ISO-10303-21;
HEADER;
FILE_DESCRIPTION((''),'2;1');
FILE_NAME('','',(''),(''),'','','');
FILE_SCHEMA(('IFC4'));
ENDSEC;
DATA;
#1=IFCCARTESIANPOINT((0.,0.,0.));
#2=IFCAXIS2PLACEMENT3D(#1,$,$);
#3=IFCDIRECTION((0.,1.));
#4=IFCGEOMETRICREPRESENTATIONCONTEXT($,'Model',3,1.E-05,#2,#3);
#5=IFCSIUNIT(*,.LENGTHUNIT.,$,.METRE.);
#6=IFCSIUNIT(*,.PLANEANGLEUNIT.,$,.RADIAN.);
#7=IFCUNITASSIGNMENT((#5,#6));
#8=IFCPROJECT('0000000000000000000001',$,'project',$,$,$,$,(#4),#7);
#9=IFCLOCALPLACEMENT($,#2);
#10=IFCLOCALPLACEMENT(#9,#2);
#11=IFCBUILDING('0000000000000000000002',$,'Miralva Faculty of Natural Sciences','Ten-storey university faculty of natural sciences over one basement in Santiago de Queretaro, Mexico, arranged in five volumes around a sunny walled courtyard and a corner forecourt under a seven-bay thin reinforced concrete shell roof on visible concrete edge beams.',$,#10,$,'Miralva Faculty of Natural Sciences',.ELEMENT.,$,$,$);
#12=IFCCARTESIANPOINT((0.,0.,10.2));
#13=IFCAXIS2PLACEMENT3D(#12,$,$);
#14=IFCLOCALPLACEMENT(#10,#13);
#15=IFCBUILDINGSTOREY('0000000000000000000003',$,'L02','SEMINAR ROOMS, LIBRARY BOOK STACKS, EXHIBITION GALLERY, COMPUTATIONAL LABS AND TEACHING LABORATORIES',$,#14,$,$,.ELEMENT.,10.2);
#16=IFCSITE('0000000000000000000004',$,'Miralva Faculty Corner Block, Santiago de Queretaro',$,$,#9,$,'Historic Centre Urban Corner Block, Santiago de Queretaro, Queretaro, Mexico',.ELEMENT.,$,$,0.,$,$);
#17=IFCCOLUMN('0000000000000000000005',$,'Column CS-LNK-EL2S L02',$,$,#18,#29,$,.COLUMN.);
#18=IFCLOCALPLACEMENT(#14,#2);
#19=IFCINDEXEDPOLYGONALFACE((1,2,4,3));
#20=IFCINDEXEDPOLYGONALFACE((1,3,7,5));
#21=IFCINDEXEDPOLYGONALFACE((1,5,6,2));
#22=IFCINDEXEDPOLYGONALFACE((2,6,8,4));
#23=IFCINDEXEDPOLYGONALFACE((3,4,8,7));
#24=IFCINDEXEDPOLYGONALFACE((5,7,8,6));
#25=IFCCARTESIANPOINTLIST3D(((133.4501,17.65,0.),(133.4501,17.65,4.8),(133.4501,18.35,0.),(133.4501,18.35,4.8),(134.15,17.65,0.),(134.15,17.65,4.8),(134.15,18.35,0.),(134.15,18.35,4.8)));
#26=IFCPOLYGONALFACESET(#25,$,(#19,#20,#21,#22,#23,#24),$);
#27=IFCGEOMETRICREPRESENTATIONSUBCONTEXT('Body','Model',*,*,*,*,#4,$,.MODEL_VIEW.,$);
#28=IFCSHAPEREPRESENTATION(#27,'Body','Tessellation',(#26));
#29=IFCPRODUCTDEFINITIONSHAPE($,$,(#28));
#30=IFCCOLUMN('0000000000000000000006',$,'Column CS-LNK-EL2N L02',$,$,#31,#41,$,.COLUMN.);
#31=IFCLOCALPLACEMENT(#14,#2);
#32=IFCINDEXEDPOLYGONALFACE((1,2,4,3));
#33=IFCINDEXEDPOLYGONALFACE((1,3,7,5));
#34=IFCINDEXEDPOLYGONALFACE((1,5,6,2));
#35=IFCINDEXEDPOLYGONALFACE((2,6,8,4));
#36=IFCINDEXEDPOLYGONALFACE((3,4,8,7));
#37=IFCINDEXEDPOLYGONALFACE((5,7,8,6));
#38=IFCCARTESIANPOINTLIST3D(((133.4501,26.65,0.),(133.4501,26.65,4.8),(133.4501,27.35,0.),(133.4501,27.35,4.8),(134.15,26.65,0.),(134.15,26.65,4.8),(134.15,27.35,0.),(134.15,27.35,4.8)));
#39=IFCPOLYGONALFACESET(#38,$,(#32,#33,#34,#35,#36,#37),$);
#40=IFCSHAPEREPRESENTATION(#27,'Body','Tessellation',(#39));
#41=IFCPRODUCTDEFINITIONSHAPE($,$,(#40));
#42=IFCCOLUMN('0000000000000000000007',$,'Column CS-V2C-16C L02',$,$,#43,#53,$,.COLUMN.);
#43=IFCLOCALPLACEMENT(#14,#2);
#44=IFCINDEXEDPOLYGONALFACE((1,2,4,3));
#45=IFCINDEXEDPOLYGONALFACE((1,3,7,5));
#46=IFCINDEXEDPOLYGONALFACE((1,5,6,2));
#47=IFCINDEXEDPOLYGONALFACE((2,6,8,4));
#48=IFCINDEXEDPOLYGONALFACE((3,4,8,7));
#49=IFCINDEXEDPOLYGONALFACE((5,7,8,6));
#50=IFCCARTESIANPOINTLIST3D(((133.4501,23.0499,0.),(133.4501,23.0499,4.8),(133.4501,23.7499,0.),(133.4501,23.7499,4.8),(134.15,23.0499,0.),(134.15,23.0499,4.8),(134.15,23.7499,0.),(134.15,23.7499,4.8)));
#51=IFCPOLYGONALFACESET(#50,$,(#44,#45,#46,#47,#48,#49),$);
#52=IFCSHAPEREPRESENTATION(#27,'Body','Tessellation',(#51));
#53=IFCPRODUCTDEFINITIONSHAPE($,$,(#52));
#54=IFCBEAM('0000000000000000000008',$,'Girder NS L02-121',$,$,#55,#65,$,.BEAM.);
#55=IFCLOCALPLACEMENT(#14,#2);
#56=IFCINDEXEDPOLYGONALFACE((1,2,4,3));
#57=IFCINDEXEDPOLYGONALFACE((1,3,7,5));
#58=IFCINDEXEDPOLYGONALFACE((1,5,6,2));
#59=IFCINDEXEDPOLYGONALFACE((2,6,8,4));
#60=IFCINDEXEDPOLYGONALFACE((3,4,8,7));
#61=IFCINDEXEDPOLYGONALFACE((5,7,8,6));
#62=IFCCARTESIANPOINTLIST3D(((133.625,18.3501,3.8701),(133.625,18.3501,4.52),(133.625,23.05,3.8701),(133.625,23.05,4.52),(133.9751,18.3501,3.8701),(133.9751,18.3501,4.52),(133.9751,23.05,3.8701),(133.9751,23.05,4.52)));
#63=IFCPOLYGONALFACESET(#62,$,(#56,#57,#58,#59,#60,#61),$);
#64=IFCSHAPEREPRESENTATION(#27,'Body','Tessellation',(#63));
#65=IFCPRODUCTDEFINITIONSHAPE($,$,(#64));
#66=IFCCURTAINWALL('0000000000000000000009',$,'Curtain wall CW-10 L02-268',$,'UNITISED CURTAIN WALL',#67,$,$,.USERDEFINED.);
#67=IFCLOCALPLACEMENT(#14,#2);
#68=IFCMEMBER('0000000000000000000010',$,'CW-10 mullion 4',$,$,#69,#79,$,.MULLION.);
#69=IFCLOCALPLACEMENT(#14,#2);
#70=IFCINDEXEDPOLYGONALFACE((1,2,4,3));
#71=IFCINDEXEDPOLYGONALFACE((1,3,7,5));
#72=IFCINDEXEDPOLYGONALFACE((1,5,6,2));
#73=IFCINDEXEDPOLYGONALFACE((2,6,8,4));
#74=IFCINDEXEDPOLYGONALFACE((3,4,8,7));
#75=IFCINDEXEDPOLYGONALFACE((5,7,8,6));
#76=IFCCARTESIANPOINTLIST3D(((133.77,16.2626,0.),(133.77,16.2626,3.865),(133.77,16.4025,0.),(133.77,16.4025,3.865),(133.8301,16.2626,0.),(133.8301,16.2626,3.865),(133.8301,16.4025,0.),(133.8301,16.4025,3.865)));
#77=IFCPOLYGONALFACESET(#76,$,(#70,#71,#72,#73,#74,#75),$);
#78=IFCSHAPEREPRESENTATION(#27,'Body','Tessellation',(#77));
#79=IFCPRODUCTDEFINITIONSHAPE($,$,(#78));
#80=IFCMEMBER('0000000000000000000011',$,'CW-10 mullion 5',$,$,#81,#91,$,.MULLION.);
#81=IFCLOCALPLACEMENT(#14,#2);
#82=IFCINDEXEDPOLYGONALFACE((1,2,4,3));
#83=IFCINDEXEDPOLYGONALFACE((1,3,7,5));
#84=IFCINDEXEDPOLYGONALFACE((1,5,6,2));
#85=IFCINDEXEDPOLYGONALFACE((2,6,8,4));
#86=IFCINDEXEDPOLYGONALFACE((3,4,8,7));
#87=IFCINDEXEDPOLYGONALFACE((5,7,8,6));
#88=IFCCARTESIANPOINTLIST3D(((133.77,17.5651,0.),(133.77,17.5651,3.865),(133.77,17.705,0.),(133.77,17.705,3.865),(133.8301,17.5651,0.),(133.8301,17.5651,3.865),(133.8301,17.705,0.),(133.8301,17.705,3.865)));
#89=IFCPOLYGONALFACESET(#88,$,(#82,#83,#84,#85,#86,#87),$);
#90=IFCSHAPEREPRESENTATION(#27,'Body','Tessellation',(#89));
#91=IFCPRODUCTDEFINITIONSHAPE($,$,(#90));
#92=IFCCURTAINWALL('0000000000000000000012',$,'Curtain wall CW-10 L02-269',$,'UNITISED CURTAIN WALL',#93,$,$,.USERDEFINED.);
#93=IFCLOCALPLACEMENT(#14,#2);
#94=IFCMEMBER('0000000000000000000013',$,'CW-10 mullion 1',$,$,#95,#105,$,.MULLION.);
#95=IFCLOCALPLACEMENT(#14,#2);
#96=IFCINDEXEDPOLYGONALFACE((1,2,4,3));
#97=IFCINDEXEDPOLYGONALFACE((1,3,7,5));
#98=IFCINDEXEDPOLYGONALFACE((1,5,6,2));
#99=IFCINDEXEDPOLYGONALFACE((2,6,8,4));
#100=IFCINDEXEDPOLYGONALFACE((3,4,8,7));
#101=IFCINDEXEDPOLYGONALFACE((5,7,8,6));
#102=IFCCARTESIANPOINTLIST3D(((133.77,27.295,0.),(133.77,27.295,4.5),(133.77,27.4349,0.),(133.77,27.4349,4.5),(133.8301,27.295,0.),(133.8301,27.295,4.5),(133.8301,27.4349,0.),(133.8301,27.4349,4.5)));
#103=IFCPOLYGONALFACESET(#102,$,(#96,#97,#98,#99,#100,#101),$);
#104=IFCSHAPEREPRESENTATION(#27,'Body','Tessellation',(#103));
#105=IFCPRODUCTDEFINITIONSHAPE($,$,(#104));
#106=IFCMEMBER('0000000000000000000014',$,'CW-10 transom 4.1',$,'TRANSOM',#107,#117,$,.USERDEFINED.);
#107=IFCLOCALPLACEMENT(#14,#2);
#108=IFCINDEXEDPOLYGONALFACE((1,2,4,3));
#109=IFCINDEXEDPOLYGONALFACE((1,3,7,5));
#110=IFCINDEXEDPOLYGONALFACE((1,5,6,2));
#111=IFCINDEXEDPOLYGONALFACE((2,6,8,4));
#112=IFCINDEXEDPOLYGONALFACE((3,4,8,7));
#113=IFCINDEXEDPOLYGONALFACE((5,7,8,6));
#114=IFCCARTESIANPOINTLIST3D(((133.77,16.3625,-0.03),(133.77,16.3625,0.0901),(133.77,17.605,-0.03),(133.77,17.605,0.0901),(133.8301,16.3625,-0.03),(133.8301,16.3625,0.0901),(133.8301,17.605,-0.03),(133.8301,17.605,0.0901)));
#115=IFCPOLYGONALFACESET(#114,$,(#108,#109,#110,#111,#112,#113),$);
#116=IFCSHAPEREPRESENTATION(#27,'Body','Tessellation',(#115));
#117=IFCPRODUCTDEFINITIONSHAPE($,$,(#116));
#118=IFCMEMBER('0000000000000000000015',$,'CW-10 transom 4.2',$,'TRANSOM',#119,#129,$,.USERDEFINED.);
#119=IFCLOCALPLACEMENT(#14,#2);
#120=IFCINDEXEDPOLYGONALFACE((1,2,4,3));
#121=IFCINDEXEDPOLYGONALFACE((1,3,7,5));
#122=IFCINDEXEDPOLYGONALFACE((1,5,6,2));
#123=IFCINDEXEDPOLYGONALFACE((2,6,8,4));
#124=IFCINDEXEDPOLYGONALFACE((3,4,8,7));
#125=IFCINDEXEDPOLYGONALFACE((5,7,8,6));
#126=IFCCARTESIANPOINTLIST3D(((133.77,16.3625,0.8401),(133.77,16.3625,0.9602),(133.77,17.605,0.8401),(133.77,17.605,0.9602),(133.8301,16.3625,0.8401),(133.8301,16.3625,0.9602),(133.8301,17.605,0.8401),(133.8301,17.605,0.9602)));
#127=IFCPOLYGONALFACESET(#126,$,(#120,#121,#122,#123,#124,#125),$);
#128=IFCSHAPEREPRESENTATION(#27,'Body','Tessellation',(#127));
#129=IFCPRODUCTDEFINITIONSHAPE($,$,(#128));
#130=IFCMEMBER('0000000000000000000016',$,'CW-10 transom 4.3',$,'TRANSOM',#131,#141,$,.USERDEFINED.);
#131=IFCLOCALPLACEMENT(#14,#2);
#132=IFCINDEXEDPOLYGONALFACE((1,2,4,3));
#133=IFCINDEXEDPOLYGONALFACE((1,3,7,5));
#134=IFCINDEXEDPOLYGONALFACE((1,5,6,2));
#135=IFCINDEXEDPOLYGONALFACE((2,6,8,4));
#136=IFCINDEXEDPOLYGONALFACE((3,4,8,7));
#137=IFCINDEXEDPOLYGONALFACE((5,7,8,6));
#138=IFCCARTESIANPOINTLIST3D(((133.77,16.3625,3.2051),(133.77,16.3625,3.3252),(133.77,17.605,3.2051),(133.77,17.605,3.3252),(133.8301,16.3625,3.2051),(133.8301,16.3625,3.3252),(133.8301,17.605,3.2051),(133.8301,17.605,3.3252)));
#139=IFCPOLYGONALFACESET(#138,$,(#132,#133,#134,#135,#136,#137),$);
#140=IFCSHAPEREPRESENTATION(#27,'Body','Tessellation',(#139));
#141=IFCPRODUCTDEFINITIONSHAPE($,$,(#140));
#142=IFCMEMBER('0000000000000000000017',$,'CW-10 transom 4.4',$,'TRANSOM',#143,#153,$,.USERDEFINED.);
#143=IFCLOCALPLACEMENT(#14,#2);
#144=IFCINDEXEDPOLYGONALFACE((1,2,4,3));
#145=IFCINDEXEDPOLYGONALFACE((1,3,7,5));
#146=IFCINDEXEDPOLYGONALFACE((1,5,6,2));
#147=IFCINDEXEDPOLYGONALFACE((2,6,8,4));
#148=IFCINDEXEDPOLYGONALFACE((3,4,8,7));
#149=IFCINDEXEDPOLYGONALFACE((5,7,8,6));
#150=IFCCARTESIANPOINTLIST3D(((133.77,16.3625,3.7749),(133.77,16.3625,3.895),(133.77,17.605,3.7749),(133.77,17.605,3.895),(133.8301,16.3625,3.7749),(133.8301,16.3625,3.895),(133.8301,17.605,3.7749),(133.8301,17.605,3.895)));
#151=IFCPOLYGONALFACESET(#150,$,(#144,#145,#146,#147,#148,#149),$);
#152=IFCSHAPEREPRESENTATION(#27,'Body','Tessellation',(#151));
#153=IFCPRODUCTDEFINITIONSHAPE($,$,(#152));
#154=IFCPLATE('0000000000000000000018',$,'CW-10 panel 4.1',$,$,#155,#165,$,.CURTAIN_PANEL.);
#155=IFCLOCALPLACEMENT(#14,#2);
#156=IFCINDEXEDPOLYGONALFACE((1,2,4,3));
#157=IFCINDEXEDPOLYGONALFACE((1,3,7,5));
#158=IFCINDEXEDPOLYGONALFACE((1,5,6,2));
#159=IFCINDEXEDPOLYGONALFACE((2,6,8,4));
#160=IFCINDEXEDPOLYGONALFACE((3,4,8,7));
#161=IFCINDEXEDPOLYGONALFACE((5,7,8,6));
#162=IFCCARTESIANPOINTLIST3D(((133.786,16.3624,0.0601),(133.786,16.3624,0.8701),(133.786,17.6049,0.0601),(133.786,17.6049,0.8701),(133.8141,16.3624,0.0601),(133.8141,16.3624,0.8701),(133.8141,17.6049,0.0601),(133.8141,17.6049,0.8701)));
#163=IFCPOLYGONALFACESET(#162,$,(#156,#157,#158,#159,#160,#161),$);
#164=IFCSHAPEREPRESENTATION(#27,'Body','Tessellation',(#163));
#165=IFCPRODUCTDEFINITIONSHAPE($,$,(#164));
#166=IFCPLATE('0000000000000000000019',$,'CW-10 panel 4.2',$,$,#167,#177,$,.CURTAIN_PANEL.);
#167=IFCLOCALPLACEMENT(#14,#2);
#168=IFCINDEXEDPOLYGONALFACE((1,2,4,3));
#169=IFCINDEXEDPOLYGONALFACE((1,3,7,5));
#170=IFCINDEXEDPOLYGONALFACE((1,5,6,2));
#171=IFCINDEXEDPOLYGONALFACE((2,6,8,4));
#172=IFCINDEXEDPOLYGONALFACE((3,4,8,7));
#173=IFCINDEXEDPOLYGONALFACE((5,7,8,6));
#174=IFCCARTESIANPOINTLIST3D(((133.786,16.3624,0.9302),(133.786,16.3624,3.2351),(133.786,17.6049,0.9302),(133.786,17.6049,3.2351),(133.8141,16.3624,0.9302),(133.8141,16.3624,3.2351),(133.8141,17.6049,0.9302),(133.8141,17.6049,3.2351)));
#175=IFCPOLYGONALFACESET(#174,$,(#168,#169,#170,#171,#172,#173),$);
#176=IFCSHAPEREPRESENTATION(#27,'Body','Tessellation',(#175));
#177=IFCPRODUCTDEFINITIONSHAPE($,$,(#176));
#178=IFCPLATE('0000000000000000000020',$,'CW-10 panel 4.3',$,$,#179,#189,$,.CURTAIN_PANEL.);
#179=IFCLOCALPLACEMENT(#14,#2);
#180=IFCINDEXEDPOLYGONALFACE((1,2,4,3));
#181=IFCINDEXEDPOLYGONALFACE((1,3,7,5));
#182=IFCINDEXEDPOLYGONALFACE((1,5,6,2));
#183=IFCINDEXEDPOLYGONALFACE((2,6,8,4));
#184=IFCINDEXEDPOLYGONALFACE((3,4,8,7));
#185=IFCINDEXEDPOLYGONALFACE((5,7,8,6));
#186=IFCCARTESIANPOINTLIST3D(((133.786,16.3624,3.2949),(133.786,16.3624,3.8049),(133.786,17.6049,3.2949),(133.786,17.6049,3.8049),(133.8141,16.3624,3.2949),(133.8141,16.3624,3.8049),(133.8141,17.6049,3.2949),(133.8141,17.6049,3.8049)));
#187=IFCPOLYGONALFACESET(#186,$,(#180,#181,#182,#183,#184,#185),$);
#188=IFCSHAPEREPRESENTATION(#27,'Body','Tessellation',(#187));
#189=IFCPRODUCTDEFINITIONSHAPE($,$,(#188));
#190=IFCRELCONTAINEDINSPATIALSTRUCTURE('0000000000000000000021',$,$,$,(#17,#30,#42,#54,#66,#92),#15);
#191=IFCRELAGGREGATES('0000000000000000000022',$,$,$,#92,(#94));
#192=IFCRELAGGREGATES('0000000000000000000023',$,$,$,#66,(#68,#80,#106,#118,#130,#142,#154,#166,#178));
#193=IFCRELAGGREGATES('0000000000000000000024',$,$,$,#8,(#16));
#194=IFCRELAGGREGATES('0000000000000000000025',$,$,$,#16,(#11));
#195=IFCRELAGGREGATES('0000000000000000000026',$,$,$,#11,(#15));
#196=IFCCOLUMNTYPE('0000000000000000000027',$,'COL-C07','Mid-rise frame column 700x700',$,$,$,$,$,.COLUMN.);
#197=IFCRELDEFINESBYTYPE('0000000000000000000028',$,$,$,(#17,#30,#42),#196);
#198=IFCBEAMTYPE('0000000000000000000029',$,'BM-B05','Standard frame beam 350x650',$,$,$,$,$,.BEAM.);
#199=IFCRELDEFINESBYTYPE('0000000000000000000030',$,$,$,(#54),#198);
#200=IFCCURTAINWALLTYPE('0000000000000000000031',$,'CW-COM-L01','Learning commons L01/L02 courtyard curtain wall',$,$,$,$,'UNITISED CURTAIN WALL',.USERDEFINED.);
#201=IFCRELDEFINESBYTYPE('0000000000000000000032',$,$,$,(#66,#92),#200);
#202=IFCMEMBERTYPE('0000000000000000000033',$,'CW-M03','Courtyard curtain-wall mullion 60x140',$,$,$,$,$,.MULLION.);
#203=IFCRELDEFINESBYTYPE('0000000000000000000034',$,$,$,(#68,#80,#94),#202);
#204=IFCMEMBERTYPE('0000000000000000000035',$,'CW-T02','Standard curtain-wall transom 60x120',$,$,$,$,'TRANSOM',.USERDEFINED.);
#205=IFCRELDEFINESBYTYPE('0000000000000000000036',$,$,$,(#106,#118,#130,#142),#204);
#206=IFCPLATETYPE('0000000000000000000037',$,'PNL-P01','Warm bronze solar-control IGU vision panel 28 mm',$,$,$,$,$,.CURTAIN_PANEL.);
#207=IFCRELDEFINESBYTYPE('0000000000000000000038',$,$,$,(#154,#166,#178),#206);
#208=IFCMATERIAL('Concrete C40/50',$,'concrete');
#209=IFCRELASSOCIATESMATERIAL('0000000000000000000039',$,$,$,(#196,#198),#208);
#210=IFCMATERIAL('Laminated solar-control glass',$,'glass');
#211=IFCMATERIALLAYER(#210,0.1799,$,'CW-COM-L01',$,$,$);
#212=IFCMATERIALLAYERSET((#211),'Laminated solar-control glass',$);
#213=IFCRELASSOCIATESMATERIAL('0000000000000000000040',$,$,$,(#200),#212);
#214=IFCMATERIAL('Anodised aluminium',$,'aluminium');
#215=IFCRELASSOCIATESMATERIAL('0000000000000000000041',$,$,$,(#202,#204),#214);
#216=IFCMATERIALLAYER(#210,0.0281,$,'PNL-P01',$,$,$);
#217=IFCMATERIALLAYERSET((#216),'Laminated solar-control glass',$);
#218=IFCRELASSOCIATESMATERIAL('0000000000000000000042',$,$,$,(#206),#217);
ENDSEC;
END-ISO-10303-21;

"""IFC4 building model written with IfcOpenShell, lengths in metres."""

from ifc_helpers import new_model, si_unit, direction, frame, origin, origin_2d, place, context, subcontext, project, spatial, rectangle, extrude, material, layer, layer_set, material_profile, profile_set, type_object, element, aggregate, save


model = new_model("IFC4")

# Units and contexts
model_context = context("Model", 3, precision=1e-05, world=origin(), true_north=direction((0.0, 1.0)))
body_context = subcontext(model_context, "Body", "Model", "MODEL_VIEW")
ifc_project = project(units=[si_unit("LENGTHUNIT", "METRE"), si_unit("PLANEANGLEUNIT", "RADIAN")], contexts=[model_context])

# Site, building, storey
site_placement = place(None, origin())
site = spatial("IfcSite", under=ifc_project, at=site_placement, Name="Miralva Faculty Corner Block, Santiago de Queretaro", LongName="Historic Centre Urban Corner Block, Santiago de Queretaro, Queretaro, Mexico", CompositionType="ELEMENT", RefElevation=0.0)
building_placement = place(site_placement, origin())
building = spatial("IfcBuilding", under=site, at=building_placement, Name="Miralva Faculty of Natural Sciences", Description="Ten-storey university faculty of natural sciences over one basement in Santiago de Queretaro, Mexico, arranged in five volumes around a sunny walled courtyard and a corner forecourt under a seven-bay thin reinforced concrete shell roof on visible concrete edge beams.", LongName="Miralva Faculty of Natural Sciences", CompositionType="ELEMENT")
storey_placement = place(building_placement, frame((0.0, 0.0, 10.2)))
storey = spatial("IfcBuildingStorey", under=building, at=storey_placement, Name="L02", Description="SEMINAR ROOMS, LIBRARY BOOK STACKS, EXHIBITION GALLERY, COMPUTATIONAL LABS AND TEACHING LABORATORIES", CompositionType="ELEMENT", Elevation=10.2)

# Columns
ifc_material_1 = material(Name="Concrete C40/50", Category="concrete")
ifc_material_profile_1 = material_profile(ifc_material_1, rectangle(XDim=0.7, YDim=0.7, at=origin_2d()), Name="RC 700x700")
ifc_profile_set_1 = profile_set([ifc_material_profile_1], Name="Concrete C40/50")
column_type = type_object("IfcColumnType", Name="COL-C07", Description="Mid-rise frame column 700x700", PredefinedType="COLUMN", material=ifc_profile_set_1)
for number, where, z_axis, x_axis, name in (
    (1, (133.8, 18.0, 0.0), (0.0, 0.0, 1.0), (1.0, 0.0, 0.0), "Column CS-LNK-EL2S L02"),
    (2, (133.8, 27.0, 0.0), (0.0, 0.0, 1.0), (1.0, 0.0, 0.0), "Column CS-LNK-EL2N L02"),
    (3, (133.8, 23.3999, 0.0), (0.0, 0.0, 1.0), (1.0, 0.0, 0.0), "Column CS-V2C-16C L02"),
):
    element("IfcColumn", number, at=place(storey_placement, frame(where, z_axis=z_axis, x_axis=x_axis)), inside=storey, type_object=column_type, Name=name, PredefinedType="COLUMN", context=body_context, shape_type="SweptSolid", body=[
        extrude(rectangle(XDim=0.7, YDim=0.7, at=origin_2d()), origin(), (0.0, 0.0, 1.0), 4.8),
    ])

# Beam
ifc_material_profile_2 = material_profile(ifc_material_1, rectangle(XDim=0.3501, YDim=0.6499, at=origin_2d()), Name="RC 350x650")
ifc_profile_set_2 = profile_set([ifc_material_profile_2], Name="Concrete C40/50")
beam_type = type_object("IfcBeamType", Name="BM-B05", Description="Standard frame beam 350x650", PredefinedType="BEAM", material=ifc_profile_set_2)
beam_placement = place(storey_placement, frame((133.8, 18.3501, 4.1951), z_axis=(0.0, 1.0, 0.0), x_axis=(-1.0, 0.0, 0.0)))
element("IfcBeam", 4, at=beam_placement, inside=storey, type_object=beam_type, Name="Girder NS L02-121", PredefinedType="BEAM", context=body_context, shape_type="SweptSolid", body=[
    extrude(rectangle(XDim=0.3501, YDim=0.6499, at=origin_2d()), origin(), (0.0, 0.0, 1.0), 4.7),
])

# Curtain wall, members
ifc_material_2 = material(Name="Laminated solar-control glass", Category="glass")
ifc_layer_1 = layer(ifc_material_2, 0.1799, Name="CW-COM-L01")
ifc_layer_set_1 = layer_set([ifc_layer_1], Name="Laminated solar-control glass")
curtain_wall_type = type_object("IfcCurtainWallType", Name="CW-COM-L01", Description="Learning commons L01/L02 courtyard curtain wall", ElementType="UNITISED CURTAIN WALL", PredefinedType="USERDEFINED", material=ifc_layer_set_1)
curtain_wall_1_placement = place(storey_placement, origin())
curtain_wall_1 = element("IfcCurtainWall", 5, at=curtain_wall_1_placement, inside=storey, type_object=curtain_wall_type, Name="Curtain wall CW-10 L02-268", ObjectType="UNITISED CURTAIN WALL", PredefinedType="USERDEFINED")
ifc_material_3 = material(Name="Anodised aluminium", Category="aluminium")
ifc_material_profile_3 = material_profile(ifc_material_3, rectangle(XDim=0.0601, YDim=0.1399, at=origin_2d()), Name="MULLION 60x140")
ifc_profile_set_3 = profile_set([ifc_material_profile_3], Name="Anodised aluminium")
member_type_1 = type_object("IfcMemberType", Name="CW-M03", Description="Courtyard curtain-wall mullion 60x140", PredefinedType="MULLION", material=ifc_profile_set_3)
member_1_placement = place(storey_placement, frame((133.8, 16.3325, 0.0), z_axis=(0.0, 0.0, 1.0), x_axis=(-1.0, 0.0, 0.0)))
member_1 = element("IfcMember", 6, at=member_1_placement, type_object=member_type_1, Name="CW-10 mullion 4", PredefinedType="MULLION", context=body_context, shape_type="SweptSolid", body=[
    extrude(rectangle(XDim=0.0601, YDim=0.1399, at=origin_2d()), origin(), (0.0, 0.0, 1.0), 3.865),
])
member_2_placement = place(storey_placement, frame((133.8, 17.635, 0.0), z_axis=(0.0, 0.0, 1.0), x_axis=(-1.0, 0.0, 0.0)))
member_2 = element("IfcMember", 7, at=member_2_placement, type_object=member_type_1, Name="CW-10 mullion 5", PredefinedType="MULLION", context=body_context, shape_type="SweptSolid", body=[
    extrude(rectangle(XDim=0.0601, YDim=0.1399, at=origin_2d()), origin(), (0.0, 0.0, 1.0), 3.865),
])

# Curtain wall, member
curtain_wall_2_placement = place(storey_placement, origin())
curtain_wall_2 = element("IfcCurtainWall", 8, at=curtain_wall_2_placement, inside=storey, type_object=curtain_wall_type, Name="Curtain wall CW-10 L02-269", ObjectType="UNITISED CURTAIN WALL", PredefinedType="USERDEFINED")
member_3_placement = place(storey_placement, frame((133.8, 27.365, 0.0), z_axis=(0.0, 0.0, 1.0), x_axis=(-1.0, 0.0, 0.0)))
member_3 = element("IfcMember", 9, at=member_3_placement, type_object=member_type_1, Name="CW-10 mullion 1", PredefinedType="MULLION", context=body_context, shape_type="SweptSolid", body=[
    extrude(rectangle(XDim=0.0601, YDim=0.1399, at=origin_2d()), origin(), (0.0, 0.0, 1.0), 4.5),
])
aggregate(curtain_wall_2, [member_3])

# Members
ifc_material_profile_4 = material_profile(ifc_material_3, rectangle(XDim=0.0601, YDim=0.1201, at=origin_2d()), Name="TRANSOM 60x120")
ifc_profile_set_4 = profile_set([ifc_material_profile_4], Name="Anodised aluminium")
member_type_2 = type_object("IfcMemberType", Name="CW-T02", Description="Standard curtain-wall transom 60x120", ElementType="TRANSOM", PredefinedType="USERDEFINED", material=ifc_profile_set_4)
member_4_placement = place(storey_placement, frame((133.8, 16.3625, 0.03), z_axis=(0.0, 1.0, 0.0), x_axis=(-1.0, 0.0, 0.0)))
member_4 = element("IfcMember", 10, at=member_4_placement, type_object=member_type_2, Name="CW-10 transom 4.1", ObjectType="TRANSOM", PredefinedType="USERDEFINED", context=body_context, shape_type="SweptSolid", body=[
    extrude(rectangle(XDim=0.0601, YDim=0.1201, at=origin_2d()), origin(), (0.0, 0.0, 1.0), 1.2424),
])
member_5_placement = place(storey_placement, frame((133.8, 16.3625, 0.9001), z_axis=(0.0, 1.0, 0.0), x_axis=(-1.0, 0.0, 0.0)))
member_5 = element("IfcMember", 11, at=member_5_placement, type_object=member_type_2, Name="CW-10 transom 4.2", ObjectType="TRANSOM", PredefinedType="USERDEFINED", context=body_context, shape_type="SweptSolid", body=[
    extrude(rectangle(XDim=0.0601, YDim=0.1201, at=origin_2d()), origin(), (0.0, 0.0, 1.0), 1.2424),
])
member_6_placement = place(storey_placement, frame((133.8, 16.3625, 3.2651), z_axis=(0.0, 1.0, 0.0), x_axis=(-1.0, 0.0, 0.0)))
member_6 = element("IfcMember", 12, at=member_6_placement, type_object=member_type_2, Name="CW-10 transom 4.3", ObjectType="TRANSOM", PredefinedType="USERDEFINED", context=body_context, shape_type="SweptSolid", body=[
    extrude(rectangle(XDim=0.0601, YDim=0.1201, at=origin_2d()), origin(), (0.0, 0.0, 1.0), 1.2424),
])
member_7_placement = place(storey_placement, frame((133.8, 16.3625, 3.835), z_axis=(0.0, 1.0, 0.0), x_axis=(-1.0, 0.0, 0.0)))
member_7 = element("IfcMember", 13, at=member_7_placement, type_object=member_type_2, Name="CW-10 transom 4.4", ObjectType="TRANSOM", PredefinedType="USERDEFINED", context=body_context, shape_type="SweptSolid", body=[
    extrude(rectangle(XDim=0.0601, YDim=0.1201, at=origin_2d()), origin(), (0.0, 0.0, 1.0), 1.2424),
])

# Plates
ifc_layer_2 = layer(ifc_material_2, 0.0281, Name="PNL-P01")
ifc_layer_set_2 = layer_set([ifc_layer_2], Name="Laminated solar-control glass")
plate_type = type_object("IfcPlateType", Name="PNL-P01", Description="Warm bronze solar-control IGU vision panel 28 mm", PredefinedType="CURTAIN_PANEL", material=ifc_layer_set_2)
plate_1_placement = place(storey_placement, frame((133.8, 16.9836, 0.0601), z_axis=(0.0, 0.0, 1.0), x_axis=(0.0, 1.0, 0.0)))
plate_1 = element("IfcPlate", 14, at=plate_1_placement, type_object=plate_type, Name="CW-10 panel 4.1", PredefinedType="CURTAIN_PANEL", context=body_context, shape_type="SweptSolid", body=[
    extrude(rectangle(XDim=1.2424, YDim=0.0281, at=origin_2d()), origin(), (0.0, 0.0, 1.0), 0.8101),
])
plate_2_placement = place(storey_placement, frame((133.8, 16.9836, 0.9302), z_axis=(0.0, 0.0, 1.0), x_axis=(0.0, 1.0, 0.0)))
plate_2 = element("IfcPlate", 15, at=plate_2_placement, type_object=plate_type, Name="CW-10 panel 4.2", PredefinedType="CURTAIN_PANEL", context=body_context, shape_type="SweptSolid", body=[
    extrude(rectangle(XDim=1.2424, YDim=0.0281, at=origin_2d()), origin(), (0.0, 0.0, 1.0), 2.3049),
])
plate_3_placement = place(storey_placement, frame((133.8, 16.9836, 3.2949), z_axis=(0.0, 0.0, 1.0), x_axis=(0.0, 1.0, 0.0)))
plate_3 = element("IfcPlate", 16, at=plate_3_placement, type_object=plate_type, Name="CW-10 panel 4.3", PredefinedType="CURTAIN_PANEL", context=body_context, shape_type="SweptSolid", body=[
    extrude(rectangle(XDim=1.2424, YDim=0.0281, at=origin_2d()), origin(), (0.0, 0.0, 1.0), 0.51),
])
aggregate(curtain_wall_1, [member_1, member_2, member_4, member_5, member_6, member_7, plate_1, plate_2, plate_3])

save(model, "model.ifc")
